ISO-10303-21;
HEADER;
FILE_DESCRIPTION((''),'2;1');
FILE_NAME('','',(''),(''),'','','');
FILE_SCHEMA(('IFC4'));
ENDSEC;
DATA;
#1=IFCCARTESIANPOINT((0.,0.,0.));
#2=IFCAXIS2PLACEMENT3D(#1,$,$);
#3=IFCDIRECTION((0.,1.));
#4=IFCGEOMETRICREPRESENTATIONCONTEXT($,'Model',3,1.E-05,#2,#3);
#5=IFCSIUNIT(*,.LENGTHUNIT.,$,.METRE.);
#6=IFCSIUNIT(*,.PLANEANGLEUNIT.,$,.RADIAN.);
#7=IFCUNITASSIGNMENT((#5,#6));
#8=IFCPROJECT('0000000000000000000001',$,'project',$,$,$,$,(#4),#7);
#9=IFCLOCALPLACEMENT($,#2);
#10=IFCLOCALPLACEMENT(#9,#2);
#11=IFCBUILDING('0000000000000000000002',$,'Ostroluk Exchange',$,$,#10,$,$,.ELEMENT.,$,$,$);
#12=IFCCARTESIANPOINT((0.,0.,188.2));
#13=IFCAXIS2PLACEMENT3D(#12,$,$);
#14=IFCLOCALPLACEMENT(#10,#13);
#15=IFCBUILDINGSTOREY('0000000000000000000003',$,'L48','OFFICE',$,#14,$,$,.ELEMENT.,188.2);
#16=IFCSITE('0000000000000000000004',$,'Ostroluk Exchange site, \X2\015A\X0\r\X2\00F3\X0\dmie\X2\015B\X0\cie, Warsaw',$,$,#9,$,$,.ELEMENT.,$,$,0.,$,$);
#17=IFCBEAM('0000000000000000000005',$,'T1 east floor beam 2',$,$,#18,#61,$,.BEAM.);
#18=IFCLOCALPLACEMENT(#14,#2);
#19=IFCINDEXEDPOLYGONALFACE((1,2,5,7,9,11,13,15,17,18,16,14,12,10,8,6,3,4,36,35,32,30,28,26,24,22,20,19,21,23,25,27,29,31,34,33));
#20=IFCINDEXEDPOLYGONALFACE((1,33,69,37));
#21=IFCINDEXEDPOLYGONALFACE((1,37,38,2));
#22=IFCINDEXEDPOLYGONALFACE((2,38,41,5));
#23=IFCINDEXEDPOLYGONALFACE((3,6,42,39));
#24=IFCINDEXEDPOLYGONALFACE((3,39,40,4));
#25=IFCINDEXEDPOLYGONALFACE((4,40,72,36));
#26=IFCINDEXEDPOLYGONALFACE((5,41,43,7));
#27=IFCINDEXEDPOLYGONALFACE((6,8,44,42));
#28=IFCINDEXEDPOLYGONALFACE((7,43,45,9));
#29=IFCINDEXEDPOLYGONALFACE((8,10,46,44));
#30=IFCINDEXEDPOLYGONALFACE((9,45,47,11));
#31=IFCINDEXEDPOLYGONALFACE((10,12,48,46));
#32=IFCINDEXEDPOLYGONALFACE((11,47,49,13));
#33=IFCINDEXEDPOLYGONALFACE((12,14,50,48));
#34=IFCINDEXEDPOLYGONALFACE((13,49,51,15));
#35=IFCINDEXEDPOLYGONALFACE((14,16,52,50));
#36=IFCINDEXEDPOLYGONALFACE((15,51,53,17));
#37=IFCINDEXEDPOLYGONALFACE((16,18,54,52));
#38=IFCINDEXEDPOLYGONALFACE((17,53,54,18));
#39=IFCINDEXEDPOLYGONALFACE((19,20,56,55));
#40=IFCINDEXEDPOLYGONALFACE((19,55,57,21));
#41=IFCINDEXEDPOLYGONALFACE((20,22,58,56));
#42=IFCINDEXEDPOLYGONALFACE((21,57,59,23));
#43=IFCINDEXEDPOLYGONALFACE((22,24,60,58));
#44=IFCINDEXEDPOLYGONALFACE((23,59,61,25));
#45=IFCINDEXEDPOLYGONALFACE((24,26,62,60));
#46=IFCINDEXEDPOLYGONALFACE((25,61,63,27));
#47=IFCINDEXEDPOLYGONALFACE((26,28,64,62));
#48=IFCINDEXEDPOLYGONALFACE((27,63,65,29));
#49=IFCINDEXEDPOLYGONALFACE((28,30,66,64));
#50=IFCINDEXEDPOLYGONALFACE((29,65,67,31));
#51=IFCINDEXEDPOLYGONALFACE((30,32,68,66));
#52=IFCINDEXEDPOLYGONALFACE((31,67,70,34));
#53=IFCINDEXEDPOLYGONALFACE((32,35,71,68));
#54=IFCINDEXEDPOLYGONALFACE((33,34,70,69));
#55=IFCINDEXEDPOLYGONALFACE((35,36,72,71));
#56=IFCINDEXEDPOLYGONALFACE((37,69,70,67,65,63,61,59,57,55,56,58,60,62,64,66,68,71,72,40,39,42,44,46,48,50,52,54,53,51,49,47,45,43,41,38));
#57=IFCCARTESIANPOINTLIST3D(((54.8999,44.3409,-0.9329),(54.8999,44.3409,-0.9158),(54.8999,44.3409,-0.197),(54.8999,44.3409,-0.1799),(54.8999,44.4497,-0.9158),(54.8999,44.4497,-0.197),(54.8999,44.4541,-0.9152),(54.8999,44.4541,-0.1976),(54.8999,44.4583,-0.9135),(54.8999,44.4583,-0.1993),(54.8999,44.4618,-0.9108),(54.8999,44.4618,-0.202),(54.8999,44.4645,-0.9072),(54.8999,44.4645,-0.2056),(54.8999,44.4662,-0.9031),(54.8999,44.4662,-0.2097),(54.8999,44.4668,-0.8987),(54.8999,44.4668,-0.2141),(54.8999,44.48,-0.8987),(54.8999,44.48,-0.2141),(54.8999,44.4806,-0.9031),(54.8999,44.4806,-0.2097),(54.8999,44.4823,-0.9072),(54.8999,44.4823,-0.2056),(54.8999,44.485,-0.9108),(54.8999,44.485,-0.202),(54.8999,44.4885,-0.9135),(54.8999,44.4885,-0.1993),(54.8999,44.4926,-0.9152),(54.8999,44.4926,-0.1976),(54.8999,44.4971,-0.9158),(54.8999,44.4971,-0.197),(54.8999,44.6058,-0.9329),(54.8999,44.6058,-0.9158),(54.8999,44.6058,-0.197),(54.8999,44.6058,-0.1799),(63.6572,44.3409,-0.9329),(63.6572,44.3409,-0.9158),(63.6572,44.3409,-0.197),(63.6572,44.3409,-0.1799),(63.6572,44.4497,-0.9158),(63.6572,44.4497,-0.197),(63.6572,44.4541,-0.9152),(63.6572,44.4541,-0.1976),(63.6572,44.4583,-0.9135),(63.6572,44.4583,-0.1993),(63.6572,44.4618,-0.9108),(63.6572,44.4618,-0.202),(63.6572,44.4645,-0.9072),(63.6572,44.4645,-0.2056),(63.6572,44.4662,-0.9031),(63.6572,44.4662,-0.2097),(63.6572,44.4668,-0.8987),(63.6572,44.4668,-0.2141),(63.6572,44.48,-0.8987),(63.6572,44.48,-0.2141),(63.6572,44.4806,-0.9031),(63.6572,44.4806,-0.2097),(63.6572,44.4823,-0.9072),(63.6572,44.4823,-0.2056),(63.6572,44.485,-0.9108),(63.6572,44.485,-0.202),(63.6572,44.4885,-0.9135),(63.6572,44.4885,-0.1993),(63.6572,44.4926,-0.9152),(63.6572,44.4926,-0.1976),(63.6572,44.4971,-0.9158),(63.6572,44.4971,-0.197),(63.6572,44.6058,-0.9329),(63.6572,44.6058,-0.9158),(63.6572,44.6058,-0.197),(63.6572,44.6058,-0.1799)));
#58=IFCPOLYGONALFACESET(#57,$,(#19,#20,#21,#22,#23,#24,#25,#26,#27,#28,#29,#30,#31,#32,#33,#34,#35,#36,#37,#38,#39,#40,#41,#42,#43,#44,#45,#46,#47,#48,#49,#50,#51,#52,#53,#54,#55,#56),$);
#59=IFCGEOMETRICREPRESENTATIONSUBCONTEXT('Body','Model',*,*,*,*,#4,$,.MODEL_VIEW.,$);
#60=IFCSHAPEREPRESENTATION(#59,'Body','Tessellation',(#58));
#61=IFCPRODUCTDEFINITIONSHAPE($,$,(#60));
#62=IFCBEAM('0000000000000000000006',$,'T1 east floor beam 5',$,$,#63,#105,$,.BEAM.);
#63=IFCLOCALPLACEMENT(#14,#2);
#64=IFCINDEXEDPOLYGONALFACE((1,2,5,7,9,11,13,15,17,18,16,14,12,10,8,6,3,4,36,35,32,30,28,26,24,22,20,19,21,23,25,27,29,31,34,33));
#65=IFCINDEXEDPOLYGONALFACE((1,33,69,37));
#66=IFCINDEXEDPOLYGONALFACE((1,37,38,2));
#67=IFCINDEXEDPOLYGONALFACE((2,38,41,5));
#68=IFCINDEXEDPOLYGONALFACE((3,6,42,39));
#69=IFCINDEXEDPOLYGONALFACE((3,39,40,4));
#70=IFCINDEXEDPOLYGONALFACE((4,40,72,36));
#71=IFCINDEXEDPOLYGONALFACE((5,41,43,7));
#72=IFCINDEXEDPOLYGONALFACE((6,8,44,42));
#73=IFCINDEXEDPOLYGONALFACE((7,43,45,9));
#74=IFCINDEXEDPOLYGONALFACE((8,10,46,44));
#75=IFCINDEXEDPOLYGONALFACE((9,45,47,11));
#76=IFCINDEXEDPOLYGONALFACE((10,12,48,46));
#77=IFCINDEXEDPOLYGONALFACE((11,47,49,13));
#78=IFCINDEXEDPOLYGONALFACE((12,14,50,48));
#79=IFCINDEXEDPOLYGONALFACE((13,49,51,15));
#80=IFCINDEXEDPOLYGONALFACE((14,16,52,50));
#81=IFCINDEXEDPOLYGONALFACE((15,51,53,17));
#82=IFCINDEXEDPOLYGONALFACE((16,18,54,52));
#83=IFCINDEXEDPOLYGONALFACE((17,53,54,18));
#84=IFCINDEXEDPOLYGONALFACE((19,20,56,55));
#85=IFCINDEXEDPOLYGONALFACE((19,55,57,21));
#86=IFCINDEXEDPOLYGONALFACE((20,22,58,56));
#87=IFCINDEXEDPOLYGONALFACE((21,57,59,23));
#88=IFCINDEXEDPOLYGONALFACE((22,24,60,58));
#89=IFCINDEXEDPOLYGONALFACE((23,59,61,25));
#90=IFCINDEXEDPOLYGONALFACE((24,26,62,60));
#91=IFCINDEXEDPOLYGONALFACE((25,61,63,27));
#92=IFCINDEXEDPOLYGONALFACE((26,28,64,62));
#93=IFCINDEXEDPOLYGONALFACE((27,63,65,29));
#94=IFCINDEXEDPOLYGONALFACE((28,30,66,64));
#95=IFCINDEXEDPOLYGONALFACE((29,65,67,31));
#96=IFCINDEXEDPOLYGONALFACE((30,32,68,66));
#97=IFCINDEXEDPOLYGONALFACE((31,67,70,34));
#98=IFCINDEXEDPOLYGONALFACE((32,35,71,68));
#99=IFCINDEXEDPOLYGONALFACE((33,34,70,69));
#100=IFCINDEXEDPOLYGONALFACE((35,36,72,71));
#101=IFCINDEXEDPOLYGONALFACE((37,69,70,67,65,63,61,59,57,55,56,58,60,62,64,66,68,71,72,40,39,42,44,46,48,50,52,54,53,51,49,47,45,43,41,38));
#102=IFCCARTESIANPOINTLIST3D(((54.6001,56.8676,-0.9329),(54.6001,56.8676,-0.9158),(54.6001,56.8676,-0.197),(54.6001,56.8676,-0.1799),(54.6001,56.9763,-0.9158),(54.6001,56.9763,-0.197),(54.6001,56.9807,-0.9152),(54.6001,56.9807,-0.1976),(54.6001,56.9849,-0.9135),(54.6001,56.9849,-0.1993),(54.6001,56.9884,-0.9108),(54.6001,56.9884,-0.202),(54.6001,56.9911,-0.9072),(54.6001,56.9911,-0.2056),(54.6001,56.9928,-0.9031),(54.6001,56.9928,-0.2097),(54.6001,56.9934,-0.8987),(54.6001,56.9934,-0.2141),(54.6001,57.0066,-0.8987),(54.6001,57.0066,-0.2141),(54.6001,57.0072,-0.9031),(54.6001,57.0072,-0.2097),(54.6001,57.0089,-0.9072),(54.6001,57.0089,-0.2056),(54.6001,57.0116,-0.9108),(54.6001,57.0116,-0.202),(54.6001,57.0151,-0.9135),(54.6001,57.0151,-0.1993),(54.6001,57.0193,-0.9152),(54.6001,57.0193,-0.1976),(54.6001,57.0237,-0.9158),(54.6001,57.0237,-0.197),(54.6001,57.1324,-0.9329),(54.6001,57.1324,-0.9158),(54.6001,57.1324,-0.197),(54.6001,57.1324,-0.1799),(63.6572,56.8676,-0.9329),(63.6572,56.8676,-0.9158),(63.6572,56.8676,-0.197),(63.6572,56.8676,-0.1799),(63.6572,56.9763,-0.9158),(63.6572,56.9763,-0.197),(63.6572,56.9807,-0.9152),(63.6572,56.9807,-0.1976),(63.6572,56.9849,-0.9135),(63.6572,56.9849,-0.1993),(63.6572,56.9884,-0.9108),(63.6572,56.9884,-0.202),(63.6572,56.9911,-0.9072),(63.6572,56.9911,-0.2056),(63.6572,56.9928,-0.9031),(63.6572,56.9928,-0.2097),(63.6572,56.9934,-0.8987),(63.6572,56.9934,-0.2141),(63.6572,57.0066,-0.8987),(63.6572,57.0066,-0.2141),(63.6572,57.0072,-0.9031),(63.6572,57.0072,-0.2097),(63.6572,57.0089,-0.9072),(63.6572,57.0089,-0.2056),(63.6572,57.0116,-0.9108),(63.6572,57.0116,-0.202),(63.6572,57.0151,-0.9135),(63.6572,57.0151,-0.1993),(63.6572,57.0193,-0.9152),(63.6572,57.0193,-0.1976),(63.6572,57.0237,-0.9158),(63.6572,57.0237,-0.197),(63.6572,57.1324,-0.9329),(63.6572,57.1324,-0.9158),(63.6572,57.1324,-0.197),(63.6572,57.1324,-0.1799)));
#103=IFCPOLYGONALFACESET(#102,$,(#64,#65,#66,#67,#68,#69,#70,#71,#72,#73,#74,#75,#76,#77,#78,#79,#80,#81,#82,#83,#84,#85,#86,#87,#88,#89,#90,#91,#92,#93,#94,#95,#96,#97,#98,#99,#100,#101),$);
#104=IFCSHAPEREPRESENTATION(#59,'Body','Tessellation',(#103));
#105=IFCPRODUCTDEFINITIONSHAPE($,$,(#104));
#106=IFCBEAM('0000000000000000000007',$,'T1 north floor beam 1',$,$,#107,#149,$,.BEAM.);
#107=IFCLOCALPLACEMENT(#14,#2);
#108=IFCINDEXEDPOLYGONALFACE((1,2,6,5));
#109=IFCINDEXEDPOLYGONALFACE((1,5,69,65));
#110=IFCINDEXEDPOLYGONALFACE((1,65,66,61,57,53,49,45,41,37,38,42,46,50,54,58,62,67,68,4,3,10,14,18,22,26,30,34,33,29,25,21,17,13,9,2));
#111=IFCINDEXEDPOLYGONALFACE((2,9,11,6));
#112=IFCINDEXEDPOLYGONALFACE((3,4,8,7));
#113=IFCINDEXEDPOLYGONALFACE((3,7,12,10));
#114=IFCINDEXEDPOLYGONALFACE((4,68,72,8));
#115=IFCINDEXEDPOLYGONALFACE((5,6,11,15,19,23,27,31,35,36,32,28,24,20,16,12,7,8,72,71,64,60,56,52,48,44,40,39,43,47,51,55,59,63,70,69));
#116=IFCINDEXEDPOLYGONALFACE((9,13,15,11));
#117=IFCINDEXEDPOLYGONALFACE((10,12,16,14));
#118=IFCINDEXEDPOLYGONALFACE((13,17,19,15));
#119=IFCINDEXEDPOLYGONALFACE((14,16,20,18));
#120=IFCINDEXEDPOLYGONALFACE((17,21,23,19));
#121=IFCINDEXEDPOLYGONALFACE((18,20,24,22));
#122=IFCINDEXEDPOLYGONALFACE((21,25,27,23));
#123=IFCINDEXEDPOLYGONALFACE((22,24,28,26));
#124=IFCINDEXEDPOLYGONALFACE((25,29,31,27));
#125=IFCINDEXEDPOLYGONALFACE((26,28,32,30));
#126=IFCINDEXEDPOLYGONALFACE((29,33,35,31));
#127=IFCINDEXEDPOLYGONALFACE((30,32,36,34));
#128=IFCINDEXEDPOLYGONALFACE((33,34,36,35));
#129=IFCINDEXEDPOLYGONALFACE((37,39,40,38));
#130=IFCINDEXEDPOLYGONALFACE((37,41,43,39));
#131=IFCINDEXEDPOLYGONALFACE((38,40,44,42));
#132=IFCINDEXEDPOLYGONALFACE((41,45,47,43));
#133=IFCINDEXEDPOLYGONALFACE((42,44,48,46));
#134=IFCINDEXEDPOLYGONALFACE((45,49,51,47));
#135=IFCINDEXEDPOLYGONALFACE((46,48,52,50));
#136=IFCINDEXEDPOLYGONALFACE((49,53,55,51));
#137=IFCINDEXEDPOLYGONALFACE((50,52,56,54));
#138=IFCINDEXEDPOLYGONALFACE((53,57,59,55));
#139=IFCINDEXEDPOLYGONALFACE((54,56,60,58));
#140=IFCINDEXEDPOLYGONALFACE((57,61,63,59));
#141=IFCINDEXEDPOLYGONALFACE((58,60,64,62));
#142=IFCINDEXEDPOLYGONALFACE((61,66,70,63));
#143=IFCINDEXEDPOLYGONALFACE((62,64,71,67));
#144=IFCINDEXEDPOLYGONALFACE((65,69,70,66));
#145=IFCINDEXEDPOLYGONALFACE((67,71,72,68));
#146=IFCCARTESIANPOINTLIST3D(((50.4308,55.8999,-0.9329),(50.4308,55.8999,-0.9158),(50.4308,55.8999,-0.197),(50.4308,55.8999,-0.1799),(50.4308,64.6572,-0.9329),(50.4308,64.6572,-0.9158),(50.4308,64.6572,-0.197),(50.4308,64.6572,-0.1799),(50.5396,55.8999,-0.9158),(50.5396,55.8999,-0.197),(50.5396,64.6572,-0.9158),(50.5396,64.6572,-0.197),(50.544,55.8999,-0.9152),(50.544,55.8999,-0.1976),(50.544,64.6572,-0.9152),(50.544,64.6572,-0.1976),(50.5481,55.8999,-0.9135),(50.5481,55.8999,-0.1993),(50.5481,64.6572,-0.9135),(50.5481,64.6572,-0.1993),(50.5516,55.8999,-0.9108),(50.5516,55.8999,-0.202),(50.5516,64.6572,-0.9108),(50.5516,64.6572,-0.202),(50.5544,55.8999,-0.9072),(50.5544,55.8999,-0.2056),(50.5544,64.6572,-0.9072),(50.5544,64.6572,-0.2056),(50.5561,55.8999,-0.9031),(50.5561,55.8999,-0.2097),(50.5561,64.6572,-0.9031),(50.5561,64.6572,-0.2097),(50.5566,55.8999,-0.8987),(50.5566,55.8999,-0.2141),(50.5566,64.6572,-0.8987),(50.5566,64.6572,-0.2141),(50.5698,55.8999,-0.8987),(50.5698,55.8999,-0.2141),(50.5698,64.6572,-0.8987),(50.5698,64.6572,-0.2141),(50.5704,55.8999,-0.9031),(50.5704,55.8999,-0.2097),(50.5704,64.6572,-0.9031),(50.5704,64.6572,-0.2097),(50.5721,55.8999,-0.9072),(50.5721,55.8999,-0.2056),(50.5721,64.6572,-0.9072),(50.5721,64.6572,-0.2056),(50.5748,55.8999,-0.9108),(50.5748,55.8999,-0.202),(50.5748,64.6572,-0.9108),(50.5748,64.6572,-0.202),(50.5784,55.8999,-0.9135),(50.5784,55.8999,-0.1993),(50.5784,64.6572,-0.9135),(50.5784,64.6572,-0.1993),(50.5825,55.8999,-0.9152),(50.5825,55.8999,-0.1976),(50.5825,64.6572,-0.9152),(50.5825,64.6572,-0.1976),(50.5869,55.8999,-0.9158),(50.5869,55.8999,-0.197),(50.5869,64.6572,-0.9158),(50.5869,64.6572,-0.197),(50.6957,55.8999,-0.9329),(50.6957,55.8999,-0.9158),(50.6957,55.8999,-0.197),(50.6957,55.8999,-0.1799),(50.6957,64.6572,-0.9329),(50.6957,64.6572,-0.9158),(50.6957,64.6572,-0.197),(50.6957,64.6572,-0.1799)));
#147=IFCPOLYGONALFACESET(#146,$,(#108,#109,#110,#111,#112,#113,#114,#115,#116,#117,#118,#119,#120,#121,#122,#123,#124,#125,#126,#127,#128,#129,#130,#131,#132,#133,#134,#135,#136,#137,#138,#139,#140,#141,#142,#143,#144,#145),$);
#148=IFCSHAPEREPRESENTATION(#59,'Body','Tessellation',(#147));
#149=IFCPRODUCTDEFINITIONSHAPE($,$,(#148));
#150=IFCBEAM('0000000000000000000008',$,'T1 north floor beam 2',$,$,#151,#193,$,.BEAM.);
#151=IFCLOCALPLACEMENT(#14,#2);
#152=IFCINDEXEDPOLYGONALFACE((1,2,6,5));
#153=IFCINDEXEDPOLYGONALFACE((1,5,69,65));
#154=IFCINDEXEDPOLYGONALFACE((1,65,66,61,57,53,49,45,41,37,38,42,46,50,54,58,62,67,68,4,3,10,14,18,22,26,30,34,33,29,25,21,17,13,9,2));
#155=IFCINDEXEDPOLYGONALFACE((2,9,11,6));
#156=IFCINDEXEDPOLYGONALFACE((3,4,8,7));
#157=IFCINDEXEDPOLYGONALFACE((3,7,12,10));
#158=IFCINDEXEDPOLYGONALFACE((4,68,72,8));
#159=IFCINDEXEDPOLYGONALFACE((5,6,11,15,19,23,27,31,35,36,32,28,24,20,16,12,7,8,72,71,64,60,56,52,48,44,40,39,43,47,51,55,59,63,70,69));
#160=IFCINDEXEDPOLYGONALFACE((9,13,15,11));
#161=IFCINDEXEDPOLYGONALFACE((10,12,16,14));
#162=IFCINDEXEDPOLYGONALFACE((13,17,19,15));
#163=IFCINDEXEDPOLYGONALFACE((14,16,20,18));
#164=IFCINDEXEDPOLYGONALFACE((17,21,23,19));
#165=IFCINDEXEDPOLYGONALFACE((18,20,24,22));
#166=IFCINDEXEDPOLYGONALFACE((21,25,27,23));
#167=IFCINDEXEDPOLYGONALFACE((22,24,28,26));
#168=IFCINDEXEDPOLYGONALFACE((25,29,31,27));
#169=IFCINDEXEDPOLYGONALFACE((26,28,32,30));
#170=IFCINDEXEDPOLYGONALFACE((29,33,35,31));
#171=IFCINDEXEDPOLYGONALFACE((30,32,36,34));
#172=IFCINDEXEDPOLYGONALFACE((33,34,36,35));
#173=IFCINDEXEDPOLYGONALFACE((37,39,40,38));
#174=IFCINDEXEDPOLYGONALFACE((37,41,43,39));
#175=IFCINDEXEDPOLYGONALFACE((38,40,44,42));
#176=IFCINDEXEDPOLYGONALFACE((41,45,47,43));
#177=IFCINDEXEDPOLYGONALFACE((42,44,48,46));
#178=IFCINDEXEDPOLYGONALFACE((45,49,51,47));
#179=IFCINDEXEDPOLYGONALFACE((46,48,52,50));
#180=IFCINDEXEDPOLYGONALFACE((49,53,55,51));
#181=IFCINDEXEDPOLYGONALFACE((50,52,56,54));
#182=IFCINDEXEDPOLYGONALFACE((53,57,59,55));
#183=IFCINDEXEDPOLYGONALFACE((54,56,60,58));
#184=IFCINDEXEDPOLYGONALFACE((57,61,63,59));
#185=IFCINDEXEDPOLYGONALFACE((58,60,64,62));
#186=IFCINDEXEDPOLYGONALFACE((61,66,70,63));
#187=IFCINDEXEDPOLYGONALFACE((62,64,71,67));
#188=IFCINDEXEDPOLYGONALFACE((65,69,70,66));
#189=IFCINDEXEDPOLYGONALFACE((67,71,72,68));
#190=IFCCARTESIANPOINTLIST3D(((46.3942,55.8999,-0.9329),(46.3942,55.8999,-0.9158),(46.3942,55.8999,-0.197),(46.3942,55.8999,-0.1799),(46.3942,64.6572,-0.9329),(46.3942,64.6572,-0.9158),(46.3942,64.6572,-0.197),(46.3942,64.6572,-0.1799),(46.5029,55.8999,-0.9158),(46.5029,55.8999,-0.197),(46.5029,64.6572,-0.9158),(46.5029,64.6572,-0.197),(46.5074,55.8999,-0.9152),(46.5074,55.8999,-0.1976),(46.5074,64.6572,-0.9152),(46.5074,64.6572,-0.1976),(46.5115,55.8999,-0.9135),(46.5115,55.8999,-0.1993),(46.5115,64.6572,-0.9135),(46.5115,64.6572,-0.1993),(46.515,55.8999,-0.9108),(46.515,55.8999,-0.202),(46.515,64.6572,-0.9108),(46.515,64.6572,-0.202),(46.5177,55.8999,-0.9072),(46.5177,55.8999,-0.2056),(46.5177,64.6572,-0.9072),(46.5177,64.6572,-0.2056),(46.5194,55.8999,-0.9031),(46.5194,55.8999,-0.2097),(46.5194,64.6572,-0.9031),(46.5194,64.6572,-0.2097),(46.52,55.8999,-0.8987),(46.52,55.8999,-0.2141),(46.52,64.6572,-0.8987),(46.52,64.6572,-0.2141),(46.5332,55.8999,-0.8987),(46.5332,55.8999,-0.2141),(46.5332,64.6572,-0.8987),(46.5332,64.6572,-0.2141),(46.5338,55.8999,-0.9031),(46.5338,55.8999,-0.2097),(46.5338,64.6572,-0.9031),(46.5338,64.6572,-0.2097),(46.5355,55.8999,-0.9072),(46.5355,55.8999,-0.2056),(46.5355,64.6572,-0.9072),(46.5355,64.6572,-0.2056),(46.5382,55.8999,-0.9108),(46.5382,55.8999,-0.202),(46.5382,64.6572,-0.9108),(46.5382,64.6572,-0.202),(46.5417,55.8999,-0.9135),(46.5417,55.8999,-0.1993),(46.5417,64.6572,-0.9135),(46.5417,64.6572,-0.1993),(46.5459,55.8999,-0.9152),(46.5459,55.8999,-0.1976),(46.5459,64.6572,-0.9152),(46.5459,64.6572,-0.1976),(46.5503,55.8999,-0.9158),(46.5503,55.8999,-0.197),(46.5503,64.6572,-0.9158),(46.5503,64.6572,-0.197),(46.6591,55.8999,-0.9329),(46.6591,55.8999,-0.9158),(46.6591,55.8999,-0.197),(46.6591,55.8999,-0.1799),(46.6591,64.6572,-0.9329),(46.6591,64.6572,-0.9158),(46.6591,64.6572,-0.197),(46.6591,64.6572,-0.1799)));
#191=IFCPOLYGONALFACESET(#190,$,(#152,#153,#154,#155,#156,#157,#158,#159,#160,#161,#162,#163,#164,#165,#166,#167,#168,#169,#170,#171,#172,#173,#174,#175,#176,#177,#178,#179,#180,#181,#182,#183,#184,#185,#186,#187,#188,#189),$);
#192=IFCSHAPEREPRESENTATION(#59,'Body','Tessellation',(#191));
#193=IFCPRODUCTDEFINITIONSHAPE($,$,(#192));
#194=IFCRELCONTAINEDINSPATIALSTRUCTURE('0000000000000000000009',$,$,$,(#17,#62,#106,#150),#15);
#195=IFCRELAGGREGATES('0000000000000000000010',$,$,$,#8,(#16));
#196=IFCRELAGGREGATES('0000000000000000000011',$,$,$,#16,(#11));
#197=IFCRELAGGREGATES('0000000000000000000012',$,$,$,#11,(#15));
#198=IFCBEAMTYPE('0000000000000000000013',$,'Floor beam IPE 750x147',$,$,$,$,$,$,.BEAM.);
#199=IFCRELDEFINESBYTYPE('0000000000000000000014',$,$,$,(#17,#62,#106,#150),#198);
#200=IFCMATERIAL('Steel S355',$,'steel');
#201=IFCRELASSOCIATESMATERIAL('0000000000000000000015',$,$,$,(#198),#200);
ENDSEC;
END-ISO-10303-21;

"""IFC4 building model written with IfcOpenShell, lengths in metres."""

from ifc_helpers import new_model, si_unit, direction, frame, origin, origin_2d, place, context, subcontext, project, spatial, i_section, extrude, material, material_profile, profile_set, type_object, element, save


model = new_model("IFC4")

# Units and contexts
model_context = context("Model", 3, precision=1e-05, world=origin(), true_north=direction((0.0, 1.0)))
body_context = subcontext(model_context, "Body", "Model", "MODEL_VIEW")
ifc_project = project(units=[si_unit("LENGTHUNIT", "METRE"), si_unit("PLANEANGLEUNIT", "RADIAN")], contexts=[model_context])

# Site, building, storey
site_placement = place(None, origin())
site = spatial("IfcSite", under=ifc_project, at=site_placement, Name="Ostroluk Exchange site, Śródmieście, Warsaw", CompositionType="ELEMENT", RefElevation=0.0)
building_placement = place(site_placement, origin())
building = spatial("IfcBuilding", under=site, at=building_placement, Name="Ostroluk Exchange", CompositionType="ELEMENT")
storey_placement = place(building_placement, frame((0.0, 0.0, 188.2)))
storey = spatial("IfcBuildingStorey", under=building, at=storey_placement, Name="L48", Description="OFFICE", CompositionType="ELEMENT", Elevation=188.2)

# Beams
ifc_material_1 = material(Name="Steel S355", Category="steel")
ifc_material_profile_1 = material_profile(ifc_material_1, i_section(OverallWidth=0.2649, OverallDepth=0.7529, WebThickness=0.0132, FlangeThickness=0.0171, FilletRadius=0.0171, at=origin_2d()), Name="IPE 750x147")
ifc_profile_set_1 = profile_set([ifc_material_profile_1], Name="Steel S355")
beam_type_1 = type_object("IfcBeamType", Name="Floor beam IPE 750x147", PredefinedType="BEAM", material=ifc_profile_set_1)
beam_1_placement = place(storey_placement, frame((54.8999, 44.4734, -0.5564), z_axis=(1.0, 0.0, 0.0), x_axis=(0.0, 1.0, 0.0)))
element("IfcBeam", 1, at=beam_1_placement, inside=storey, type_object=beam_type_1, Name="T1 east floor beam 2", PredefinedType="BEAM", context=body_context, shape_type="SweptSolid", body=[
    extrude(i_section(OverallWidth=0.2649, OverallDepth=0.7529, WebThickness=0.0132, FlangeThickness=0.0171, FilletRadius=0.0171, at=origin_2d()), origin(), (0.0, 0.0, 1.0), 8.7573),
])
beam_2_placement = place(storey_placement, frame((54.6001, 57.0, -0.5564), z_axis=(1.0, 0.0, 0.0), x_axis=(0.0, 1.0, 0.0)))
element("IfcBeam", 2, at=beam_2_placement, inside=storey, type_object=beam_type_1, Name="T1 east floor beam 5", PredefinedType="BEAM", context=body_context, shape_type="SweptSolid", body=[
    extrude(i_section(OverallWidth=0.2649, OverallDepth=0.7529, WebThickness=0.0132, FlangeThickness=0.0171, FilletRadius=0.0171, at=origin_2d()), origin(), (0.0, 0.0, 1.0), 9.0571),
])
for number, where, z_axis, x_axis, name in (
    (3, (50.5632, 55.8999, -0.5564), (0.0, 1.0, 0.0), (-1.0, 0.0, 0.0), "T1 north floor beam 1"),
    (4, (46.5266, 55.8999, -0.5564), (0.0, 1.0, 0.0), (-1.0, 0.0, 0.0), "T1 north floor beam 2"),
):
    element("IfcBeam", number, at=place(storey_placement, frame(where, z_axis=z_axis, x_axis=x_axis)), inside=storey, type_object=beam_type_1, Name=name, PredefinedType="BEAM", context=body_context, shape_type="SweptSolid", body=[
        extrude(i_section(OverallWidth=0.2649, OverallDepth=0.7529, WebThickness=0.0132, FlangeThickness=0.0171, FilletRadius=0.0171, at=origin_2d()), origin(), (0.0, 0.0, 1.0), 8.7573),
    ])

save(model, "model.ifc")
